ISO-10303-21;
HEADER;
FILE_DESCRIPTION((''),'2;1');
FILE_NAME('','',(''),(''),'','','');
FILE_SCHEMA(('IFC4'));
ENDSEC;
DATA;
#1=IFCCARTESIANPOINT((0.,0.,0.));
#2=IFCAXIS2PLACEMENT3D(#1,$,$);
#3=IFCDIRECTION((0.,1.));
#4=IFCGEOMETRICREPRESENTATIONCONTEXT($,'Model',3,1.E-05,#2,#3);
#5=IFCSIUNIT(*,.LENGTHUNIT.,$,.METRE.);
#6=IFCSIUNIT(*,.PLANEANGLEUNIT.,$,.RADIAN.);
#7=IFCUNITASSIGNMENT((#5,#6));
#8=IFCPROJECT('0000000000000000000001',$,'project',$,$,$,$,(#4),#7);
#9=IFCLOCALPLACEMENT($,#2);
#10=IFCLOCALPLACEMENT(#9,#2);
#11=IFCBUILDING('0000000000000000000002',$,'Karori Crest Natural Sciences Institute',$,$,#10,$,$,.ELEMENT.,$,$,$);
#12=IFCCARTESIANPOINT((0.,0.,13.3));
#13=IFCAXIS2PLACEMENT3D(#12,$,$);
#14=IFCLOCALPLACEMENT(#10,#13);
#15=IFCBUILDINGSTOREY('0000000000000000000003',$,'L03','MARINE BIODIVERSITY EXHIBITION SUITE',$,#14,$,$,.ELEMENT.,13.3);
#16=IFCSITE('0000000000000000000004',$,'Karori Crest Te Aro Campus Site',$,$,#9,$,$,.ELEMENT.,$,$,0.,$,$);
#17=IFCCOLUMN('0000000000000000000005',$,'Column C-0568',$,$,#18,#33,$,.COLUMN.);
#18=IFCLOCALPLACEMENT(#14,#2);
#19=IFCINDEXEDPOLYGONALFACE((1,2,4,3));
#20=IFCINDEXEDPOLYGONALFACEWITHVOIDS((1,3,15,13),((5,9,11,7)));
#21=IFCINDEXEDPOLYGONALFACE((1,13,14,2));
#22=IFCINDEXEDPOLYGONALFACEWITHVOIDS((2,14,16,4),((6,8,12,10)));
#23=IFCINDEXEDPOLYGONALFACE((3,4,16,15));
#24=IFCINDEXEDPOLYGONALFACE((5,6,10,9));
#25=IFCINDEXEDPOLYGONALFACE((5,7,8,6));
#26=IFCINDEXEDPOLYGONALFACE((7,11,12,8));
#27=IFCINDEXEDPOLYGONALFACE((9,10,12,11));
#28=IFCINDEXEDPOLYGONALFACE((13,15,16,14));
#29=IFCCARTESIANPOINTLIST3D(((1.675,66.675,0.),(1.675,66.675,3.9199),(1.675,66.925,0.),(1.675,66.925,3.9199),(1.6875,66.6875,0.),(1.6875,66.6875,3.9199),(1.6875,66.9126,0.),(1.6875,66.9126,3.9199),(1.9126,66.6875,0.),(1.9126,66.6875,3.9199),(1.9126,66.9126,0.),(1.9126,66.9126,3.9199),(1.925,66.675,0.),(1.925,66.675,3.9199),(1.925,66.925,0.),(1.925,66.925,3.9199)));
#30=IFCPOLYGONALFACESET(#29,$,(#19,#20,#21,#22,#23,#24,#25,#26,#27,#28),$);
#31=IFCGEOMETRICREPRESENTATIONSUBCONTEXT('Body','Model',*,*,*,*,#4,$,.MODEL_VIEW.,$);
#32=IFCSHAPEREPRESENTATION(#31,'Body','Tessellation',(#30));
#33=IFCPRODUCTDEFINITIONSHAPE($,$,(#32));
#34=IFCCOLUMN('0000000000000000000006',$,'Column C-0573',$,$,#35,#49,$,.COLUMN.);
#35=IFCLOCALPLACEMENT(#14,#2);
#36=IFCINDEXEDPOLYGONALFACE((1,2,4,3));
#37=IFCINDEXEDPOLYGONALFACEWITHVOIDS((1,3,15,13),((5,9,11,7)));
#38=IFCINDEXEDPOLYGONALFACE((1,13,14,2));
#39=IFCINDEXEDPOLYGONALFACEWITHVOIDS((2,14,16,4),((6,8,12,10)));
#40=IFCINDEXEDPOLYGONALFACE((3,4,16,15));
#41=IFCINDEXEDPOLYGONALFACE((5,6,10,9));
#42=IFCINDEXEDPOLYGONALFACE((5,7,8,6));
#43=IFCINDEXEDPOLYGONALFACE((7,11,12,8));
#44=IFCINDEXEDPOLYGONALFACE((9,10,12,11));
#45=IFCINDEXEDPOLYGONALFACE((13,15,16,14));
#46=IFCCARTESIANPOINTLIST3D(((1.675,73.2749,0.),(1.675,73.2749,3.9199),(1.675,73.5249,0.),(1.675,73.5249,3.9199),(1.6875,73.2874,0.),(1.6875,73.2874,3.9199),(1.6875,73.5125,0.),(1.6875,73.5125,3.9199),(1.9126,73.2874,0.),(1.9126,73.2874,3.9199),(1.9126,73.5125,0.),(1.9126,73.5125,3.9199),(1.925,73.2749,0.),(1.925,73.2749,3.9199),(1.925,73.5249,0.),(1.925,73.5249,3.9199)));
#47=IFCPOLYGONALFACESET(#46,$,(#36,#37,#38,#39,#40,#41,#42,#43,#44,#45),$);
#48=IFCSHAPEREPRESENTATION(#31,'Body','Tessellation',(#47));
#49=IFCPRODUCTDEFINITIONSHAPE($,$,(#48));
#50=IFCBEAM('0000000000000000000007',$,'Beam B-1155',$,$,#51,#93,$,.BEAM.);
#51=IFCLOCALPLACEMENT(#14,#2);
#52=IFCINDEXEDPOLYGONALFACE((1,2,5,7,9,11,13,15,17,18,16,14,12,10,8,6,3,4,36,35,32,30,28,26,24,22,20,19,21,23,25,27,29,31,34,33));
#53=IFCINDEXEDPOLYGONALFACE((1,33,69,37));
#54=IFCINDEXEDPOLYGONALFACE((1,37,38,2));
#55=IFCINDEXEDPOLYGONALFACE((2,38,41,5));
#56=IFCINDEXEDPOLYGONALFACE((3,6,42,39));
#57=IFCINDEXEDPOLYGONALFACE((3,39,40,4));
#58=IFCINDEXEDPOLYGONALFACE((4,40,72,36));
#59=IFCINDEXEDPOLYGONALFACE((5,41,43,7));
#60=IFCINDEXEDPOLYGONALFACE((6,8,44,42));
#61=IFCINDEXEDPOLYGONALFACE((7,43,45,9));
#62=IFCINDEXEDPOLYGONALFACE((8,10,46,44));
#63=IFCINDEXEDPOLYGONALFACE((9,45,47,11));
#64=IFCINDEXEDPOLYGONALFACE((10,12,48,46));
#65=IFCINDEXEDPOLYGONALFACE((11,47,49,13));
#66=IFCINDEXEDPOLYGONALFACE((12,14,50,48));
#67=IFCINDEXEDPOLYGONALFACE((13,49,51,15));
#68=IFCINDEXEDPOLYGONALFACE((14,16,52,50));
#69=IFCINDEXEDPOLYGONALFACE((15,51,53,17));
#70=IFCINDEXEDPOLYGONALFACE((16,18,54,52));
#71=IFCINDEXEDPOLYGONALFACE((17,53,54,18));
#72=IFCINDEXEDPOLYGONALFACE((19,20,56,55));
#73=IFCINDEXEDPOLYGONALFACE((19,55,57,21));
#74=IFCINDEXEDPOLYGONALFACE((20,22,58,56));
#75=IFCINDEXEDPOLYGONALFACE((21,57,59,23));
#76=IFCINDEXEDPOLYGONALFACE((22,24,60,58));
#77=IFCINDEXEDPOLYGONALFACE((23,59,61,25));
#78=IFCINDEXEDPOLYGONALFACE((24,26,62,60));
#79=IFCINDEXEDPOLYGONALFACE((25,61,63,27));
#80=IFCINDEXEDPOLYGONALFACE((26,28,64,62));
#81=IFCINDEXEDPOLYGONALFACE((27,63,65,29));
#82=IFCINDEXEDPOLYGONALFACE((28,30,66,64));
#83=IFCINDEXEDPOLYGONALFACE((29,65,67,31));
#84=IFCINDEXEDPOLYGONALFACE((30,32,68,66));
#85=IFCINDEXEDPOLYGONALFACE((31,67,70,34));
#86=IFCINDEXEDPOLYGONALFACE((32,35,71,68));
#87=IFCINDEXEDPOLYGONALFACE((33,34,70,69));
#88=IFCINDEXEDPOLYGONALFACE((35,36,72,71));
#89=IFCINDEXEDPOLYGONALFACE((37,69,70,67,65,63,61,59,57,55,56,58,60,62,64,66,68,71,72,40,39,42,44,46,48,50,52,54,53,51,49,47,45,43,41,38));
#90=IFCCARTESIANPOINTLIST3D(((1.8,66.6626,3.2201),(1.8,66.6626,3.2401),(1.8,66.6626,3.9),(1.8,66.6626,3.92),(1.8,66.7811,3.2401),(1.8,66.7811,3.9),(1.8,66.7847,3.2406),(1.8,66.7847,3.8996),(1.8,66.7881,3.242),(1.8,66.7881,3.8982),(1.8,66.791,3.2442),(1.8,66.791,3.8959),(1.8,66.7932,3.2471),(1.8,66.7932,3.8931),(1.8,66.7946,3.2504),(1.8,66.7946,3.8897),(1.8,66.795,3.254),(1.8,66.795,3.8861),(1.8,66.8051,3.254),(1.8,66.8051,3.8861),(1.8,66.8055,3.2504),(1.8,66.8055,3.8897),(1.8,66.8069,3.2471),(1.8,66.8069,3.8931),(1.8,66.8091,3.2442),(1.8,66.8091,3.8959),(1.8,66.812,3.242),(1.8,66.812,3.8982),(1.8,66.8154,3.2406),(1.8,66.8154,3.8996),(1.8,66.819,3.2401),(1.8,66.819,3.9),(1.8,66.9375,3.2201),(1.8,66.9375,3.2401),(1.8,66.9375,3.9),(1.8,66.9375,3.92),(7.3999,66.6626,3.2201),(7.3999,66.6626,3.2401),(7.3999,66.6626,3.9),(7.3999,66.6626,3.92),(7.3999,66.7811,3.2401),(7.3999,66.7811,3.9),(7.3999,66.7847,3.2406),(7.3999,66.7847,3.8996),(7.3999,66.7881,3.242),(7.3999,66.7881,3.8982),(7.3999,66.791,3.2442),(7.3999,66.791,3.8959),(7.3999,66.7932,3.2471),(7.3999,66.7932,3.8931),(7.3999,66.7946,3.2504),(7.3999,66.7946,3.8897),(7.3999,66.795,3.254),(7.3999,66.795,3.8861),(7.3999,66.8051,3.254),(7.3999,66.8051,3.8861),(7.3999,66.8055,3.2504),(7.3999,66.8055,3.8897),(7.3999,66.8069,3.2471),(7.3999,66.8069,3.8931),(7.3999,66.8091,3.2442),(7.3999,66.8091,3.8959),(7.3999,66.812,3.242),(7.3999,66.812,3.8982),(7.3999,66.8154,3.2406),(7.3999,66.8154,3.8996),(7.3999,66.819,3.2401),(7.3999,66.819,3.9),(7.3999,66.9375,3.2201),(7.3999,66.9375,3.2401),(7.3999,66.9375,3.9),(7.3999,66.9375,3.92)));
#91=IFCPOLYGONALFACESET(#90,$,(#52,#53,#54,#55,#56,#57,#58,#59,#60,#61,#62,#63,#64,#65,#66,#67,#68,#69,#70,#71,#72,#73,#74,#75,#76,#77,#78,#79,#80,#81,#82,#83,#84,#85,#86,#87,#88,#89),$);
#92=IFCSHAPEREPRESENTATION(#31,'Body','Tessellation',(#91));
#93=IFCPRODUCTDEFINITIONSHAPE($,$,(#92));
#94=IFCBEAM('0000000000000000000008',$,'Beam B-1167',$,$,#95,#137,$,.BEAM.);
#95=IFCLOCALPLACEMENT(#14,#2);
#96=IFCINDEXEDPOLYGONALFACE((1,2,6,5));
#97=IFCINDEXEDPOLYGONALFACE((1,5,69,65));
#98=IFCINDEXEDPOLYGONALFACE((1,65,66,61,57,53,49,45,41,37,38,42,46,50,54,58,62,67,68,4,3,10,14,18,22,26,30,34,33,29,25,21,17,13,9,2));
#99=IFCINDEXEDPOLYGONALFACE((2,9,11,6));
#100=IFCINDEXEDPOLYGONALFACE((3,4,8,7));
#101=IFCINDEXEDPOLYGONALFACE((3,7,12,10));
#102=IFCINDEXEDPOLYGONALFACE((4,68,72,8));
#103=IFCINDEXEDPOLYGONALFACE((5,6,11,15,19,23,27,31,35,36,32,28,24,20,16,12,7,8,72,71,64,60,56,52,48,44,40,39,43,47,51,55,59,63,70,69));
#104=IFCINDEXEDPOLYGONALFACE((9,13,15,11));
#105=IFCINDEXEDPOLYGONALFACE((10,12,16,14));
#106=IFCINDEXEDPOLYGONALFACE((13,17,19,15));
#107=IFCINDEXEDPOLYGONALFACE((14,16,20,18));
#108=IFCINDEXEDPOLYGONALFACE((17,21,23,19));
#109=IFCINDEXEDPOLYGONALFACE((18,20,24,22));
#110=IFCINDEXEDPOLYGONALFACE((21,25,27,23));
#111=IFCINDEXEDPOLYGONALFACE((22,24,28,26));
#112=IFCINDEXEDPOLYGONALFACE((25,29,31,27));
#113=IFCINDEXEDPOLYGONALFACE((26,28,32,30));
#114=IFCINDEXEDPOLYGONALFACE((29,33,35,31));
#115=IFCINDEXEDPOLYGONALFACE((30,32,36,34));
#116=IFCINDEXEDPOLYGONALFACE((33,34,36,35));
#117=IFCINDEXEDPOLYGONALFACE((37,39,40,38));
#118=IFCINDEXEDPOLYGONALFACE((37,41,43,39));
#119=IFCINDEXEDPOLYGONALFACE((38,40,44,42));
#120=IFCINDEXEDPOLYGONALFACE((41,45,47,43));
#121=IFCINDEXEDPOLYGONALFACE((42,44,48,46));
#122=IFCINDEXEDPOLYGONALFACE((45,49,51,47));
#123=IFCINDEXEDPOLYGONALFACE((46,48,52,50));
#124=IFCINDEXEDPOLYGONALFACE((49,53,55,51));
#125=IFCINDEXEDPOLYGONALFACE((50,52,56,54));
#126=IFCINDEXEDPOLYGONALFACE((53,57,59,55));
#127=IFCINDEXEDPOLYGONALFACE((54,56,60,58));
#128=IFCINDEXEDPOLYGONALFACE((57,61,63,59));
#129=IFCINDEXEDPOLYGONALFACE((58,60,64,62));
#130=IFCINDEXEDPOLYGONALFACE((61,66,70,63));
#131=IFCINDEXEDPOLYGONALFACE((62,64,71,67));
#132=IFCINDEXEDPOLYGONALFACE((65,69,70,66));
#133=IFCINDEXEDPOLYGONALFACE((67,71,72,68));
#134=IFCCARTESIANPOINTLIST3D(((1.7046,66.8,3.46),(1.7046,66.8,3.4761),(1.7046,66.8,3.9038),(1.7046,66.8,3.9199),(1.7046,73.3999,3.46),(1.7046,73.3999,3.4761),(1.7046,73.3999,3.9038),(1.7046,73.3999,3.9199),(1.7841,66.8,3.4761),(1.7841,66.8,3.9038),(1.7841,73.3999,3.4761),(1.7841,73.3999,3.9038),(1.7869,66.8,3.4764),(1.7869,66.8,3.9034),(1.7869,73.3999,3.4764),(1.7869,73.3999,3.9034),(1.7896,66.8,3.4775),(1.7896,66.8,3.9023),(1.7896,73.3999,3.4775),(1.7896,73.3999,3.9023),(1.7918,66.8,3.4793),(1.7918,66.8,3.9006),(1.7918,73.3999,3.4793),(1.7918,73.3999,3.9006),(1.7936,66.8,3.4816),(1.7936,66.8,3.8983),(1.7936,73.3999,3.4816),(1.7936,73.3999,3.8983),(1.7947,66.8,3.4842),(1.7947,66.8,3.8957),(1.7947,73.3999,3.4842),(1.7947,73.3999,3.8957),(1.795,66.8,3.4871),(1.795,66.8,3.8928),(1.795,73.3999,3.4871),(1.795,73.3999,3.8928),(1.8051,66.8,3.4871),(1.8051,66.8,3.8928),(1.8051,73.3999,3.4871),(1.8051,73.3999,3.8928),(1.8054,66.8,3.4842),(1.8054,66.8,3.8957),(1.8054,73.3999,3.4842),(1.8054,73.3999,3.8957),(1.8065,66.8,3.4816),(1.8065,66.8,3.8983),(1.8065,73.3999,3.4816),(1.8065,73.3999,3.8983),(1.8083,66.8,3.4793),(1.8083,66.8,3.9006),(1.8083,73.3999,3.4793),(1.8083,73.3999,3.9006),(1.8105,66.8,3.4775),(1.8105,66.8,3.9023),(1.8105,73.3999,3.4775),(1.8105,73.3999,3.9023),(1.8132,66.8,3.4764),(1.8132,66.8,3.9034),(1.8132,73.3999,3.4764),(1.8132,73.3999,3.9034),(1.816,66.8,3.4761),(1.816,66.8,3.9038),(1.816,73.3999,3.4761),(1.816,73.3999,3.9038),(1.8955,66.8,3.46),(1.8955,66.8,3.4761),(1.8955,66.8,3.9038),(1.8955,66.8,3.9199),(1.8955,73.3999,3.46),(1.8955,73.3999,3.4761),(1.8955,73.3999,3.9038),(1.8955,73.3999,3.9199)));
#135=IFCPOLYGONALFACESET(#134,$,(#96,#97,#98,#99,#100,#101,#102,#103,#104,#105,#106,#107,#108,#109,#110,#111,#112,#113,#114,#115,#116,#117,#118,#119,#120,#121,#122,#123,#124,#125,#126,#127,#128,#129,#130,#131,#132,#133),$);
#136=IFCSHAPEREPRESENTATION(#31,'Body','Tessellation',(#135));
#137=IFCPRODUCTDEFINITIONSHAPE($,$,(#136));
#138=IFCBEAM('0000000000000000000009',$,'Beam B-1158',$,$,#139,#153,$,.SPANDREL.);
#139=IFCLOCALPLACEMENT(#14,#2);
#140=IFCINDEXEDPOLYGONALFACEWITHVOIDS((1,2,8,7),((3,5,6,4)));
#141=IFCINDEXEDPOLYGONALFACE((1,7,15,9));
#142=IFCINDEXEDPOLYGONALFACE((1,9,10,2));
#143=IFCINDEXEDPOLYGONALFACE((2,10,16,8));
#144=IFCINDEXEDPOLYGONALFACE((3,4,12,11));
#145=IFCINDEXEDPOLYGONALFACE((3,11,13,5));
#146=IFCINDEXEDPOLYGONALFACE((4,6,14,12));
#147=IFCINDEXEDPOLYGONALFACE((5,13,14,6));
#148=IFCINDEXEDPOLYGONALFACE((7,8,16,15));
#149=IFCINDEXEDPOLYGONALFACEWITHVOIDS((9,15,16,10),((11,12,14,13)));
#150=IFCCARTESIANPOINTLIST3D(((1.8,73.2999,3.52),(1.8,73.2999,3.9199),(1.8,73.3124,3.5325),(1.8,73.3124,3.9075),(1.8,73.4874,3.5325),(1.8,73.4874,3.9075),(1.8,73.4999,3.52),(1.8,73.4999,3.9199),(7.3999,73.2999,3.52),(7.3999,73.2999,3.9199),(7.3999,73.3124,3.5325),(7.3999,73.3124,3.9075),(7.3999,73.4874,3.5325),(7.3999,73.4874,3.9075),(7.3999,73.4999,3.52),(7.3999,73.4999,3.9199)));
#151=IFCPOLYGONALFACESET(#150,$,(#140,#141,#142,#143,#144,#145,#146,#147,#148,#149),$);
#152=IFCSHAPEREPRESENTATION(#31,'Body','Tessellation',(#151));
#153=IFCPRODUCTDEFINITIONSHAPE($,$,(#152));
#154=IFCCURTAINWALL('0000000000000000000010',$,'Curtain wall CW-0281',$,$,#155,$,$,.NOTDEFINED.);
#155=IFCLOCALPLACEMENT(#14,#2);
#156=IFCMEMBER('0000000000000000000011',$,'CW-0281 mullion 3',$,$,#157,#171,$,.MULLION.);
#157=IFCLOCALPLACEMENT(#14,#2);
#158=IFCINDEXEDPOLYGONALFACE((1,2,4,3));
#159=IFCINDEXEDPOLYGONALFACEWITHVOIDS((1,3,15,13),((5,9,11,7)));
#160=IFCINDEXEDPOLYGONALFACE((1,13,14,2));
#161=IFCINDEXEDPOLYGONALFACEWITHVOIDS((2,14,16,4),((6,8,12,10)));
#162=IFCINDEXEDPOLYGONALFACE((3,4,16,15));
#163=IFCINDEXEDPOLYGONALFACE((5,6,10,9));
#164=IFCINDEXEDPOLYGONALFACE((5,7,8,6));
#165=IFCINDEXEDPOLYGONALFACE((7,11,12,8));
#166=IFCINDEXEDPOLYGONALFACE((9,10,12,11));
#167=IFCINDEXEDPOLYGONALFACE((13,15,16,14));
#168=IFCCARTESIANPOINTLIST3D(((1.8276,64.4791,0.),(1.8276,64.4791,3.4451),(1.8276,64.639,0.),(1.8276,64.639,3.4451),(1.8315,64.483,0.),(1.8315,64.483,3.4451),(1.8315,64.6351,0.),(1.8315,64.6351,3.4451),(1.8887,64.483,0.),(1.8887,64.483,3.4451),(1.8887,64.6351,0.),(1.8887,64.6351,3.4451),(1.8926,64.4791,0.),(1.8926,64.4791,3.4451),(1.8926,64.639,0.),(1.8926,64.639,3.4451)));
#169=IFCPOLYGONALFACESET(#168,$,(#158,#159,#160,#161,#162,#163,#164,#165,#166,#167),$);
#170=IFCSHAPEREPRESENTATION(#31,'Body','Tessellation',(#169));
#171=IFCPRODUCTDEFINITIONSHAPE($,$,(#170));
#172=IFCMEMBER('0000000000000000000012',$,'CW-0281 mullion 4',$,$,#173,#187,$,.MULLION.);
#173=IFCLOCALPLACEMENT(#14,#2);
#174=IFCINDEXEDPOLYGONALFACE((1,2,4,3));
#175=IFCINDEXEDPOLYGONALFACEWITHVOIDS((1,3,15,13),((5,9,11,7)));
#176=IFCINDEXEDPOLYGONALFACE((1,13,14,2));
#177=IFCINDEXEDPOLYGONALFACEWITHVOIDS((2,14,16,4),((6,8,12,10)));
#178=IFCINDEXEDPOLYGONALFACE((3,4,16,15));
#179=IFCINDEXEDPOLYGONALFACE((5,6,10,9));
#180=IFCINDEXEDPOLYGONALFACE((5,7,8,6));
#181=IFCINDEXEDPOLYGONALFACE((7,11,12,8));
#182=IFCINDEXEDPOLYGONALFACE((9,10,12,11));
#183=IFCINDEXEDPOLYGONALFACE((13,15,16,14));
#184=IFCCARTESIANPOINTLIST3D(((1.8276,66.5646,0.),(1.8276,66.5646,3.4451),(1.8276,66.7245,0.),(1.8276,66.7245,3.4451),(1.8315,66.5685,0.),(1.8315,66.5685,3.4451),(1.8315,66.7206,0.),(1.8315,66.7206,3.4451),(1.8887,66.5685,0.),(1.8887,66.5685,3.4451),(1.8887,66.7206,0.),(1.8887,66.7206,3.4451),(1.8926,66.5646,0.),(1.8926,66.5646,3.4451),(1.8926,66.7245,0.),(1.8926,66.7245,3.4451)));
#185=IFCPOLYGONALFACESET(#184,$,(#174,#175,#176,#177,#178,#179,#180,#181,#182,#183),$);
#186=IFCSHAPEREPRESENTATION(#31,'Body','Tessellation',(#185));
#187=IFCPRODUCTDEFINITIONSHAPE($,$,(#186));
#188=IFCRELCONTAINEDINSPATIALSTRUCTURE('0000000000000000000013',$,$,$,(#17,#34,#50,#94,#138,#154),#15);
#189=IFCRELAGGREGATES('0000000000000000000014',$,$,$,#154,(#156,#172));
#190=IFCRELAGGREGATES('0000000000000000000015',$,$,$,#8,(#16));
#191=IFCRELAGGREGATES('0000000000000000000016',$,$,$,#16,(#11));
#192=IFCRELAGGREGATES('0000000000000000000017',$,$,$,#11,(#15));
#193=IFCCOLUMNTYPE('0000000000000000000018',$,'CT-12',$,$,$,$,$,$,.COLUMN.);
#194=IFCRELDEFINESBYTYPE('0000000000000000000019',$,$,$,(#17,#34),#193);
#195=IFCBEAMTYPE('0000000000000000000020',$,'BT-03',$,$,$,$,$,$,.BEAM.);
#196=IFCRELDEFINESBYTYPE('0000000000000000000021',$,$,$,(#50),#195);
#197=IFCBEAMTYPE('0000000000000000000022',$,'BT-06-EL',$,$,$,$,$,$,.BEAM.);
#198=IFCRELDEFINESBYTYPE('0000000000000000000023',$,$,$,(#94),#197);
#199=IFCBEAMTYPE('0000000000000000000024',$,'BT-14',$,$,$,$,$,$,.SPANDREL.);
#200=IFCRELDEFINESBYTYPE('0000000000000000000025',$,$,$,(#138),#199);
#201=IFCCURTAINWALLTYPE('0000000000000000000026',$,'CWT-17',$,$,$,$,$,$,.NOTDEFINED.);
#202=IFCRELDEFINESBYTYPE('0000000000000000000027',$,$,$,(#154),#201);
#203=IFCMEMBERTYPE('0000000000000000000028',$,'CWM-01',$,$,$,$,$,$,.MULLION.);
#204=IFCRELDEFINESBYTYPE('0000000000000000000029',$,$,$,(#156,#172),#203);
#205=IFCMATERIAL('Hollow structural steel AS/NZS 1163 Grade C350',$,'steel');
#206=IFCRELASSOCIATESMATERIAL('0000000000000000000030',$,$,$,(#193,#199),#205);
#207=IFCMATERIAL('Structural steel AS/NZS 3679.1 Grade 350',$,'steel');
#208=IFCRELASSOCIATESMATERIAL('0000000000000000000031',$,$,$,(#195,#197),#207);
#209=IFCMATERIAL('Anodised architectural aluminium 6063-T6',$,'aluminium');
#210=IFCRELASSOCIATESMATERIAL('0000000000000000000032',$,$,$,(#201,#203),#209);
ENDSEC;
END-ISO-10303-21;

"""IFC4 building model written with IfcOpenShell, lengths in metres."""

from ifc_helpers import new_model, si_unit, direction, frame, origin, origin_2d, place, context, subcontext, project, spatial, hollow_rectangle, i_section, extrude, material, material_profile, profile_set, type_object, element, aggregate, save


model = new_model("IFC4")

# Units and contexts
model_context = context("Model", 3, precision=1e-05, world=origin(), true_north=direction((0.0, 1.0)))
body_context = subcontext(model_context, "Body", "Model", "MODEL_VIEW")
ifc_project = project(units=[si_unit("LENGTHUNIT", "METRE"), si_unit("PLANEANGLEUNIT", "RADIAN")], contexts=[model_context])

# Site, building, storey
site_placement = place(None, origin())
site = spatial("IfcSite", under=ifc_project, at=site_placement, Name="Karori Crest Te Aro Campus Site", CompositionType="ELEMENT", RefElevation=0.0)
building_placement = place(site_placement, origin())
building = spatial("IfcBuilding", under=site, at=building_placement, Name="Karori Crest Natural Sciences Institute", CompositionType="ELEMENT")
storey_placement = place(building_placement, frame((0.0, 0.0, 13.3)))
storey = spatial("IfcBuildingStorey", under=building, at=storey_placement, Name="L03", Description="MARINE BIODIVERSITY EXHIBITION SUITE", CompositionType="ELEMENT", Elevation=13.3)

# Columns
ifc_material_1 = material(Name="Hollow structural steel AS/NZS 1163 Grade C350", Category="steel")
ifc_material_profile_1 = material_profile(ifc_material_1, hollow_rectangle(XDim=0.25, YDim=0.25, WallThickness=0.0125, at=origin_2d()), Name="SHS250x250x12.5")
ifc_profile_set_1 = profile_set([ifc_material_profile_1], Name="Hollow structural steel AS/NZS 1163 Grade C350")
column_type = type_object("IfcColumnType", Name="CT-12", PredefinedType="COLUMN", material=ifc_profile_set_1)
for number, where, z_axis, x_axis, name in (
    (1, (1.8, 66.8, 0.0), (0.0, 0.0, 1.0), (1.0, 0.0, 0.0), "Column C-0568"),
    (2, (1.8, 73.3999, 0.0), (0.0, 0.0, 1.0), (1.0, 0.0, 0.0), "Column C-0573"),
):
    element("IfcColumn", number, at=place(storey_placement, frame(where, z_axis=z_axis, x_axis=x_axis)), inside=storey, type_object=column_type, Name=name, PredefinedType="COLUMN", context=body_context, shape_type="SweptSolid", body=[
        extrude(hollow_rectangle(XDim=0.25, YDim=0.25, WallThickness=0.0125, at=origin_2d()), origin(), (0.0, 0.0, 1.0), 3.9199),
    ])

# Beams
ifc_material_2 = material(Name="Structural steel AS/NZS 3679.1 Grade 350", Category="steel")
ifc_material_profile_2 = material_profile(ifc_material_2, i_section(OverallWidth=0.2749, OverallDepth=0.7, WebThickness=0.01, FlangeThickness=0.02, FilletRadius=0.0139, at=origin_2d()), Name="700WB150")
ifc_profile_set_2 = profile_set([ifc_material_profile_2], Name="Structural steel AS/NZS 3679.1 Grade 350")
beam_type_1 = type_object("IfcBeamType", Name="BT-03", PredefinedType="BEAM", material=ifc_profile_set_2)
beam_1_placement = place(storey_placement, frame((1.8, 66.8, 3.5701), z_axis=(1.0, 0.0, 0.0), x_axis=(0.0, 1.0, 0.0)))
element("IfcBeam", 3, at=beam_1_placement, inside=storey, type_object=beam_type_1, Name="Beam B-1155", PredefinedType="BEAM", context=body_context, shape_type="SweptSolid", body=[
    extrude(i_section(OverallWidth=0.2749, OverallDepth=0.7, WebThickness=0.01, FlangeThickness=0.02, FilletRadius=0.0139, at=origin_2d()), origin(), (0.0, 0.0, 1.0), 5.5999),
])
ifc_material_profile_3 = material_profile(ifc_material_2, i_section(OverallWidth=0.1909, OverallDepth=0.46, WebThickness=0.01, FlangeThickness=0.0161, FilletRadius=0.011, at=origin_2d()), Name="460UB82.1")
ifc_profile_set_3 = profile_set([ifc_material_profile_3], Name="Structural steel AS/NZS 3679.1 Grade 350")
beam_type_2 = type_object("IfcBeamType", Name="BT-06-EL", PredefinedType="BEAM", material=ifc_profile_set_3)
beam_2_placement = place(storey_placement, frame((1.8, 66.8, 3.6899), z_axis=(0.0, 1.0, 0.0), x_axis=(-1.0, 0.0, 0.0)))
element("IfcBeam", 4, at=beam_2_placement, inside=storey, type_object=beam_type_2, Name="Beam B-1167", PredefinedType="BEAM", context=body_context, shape_type="SweptSolid", body=[
    extrude(i_section(OverallWidth=0.1909, OverallDepth=0.46, WebThickness=0.01, FlangeThickness=0.0161, FilletRadius=0.011, at=origin_2d()), origin(), (0.0, 0.0, 1.0), 6.5999),
])
ifc_material_profile_4 = material_profile(ifc_material_1, hollow_rectangle(XDim=0.2, YDim=0.3999, WallThickness=0.0125, at=origin_2d()), Name="RHS400x200x12.5")
ifc_profile_set_4 = profile_set([ifc_material_profile_4], Name="Hollow structural steel AS/NZS 1163 Grade C350")
beam_type_3 = type_object("IfcBeamType", Name="BT-14", PredefinedType="SPANDREL", material=ifc_profile_set_4)
beam_3_placement = place(storey_placement, frame((1.8, 73.3999, 3.72), z_axis=(1.0, 0.0, 0.0), x_axis=(0.0, 1.0, 0.0)))
element("IfcBeam", 5, at=beam_3_placement, inside=storey, type_object=beam_type_3, Name="Beam B-1158", PredefinedType="SPANDREL", context=body_context, shape_type="SweptSolid", body=[
    extrude(hollow_rectangle(XDim=0.2, YDim=0.3999, WallThickness=0.0125, at=origin_2d()), origin(), (0.0, 0.0, 1.0), 5.5999),
])

# Curtain wall, members
ifc_material_3 = material(Name="Anodised architectural aluminium 6063-T6", Category="aluminium")
curtain_wall_type = type_object("IfcCurtainWallType", Name="CWT-17", PredefinedType="NOTDEFINED", material=ifc_material_3)
curtain_wall_1_placement = place(storey_placement, origin())
curtain_wall_1 = element("IfcCurtainWall", 6, at=curtain_wall_1_placement, inside=storey, type_object=curtain_wall_type, Name="Curtain wall CW-0281", PredefinedType="NOTDEFINED")
ifc_material_profile_5 = material_profile(ifc_material_3, hollow_rectangle(XDim=0.0649, YDim=0.1599, WallThickness=0.0039, at=origin_2d()), Name="CWM160x65x4")
ifc_profile_set_5 = profile_set([ifc_material_profile_5], Name="Anodised architectural aluminium 6063-T6")
member_type_1 = type_object("IfcMemberType", Name="CWM-01", PredefinedType="MULLION", material=ifc_profile_set_5)
member_1_placement = place(storey_placement, frame((1.8601, 64.5591, 0.0), z_axis=(0.0, 0.0, 1.0), x_axis=(-1.0, 0.0, 0.0)))
member_1 = element("IfcMember", 7, at=member_1_placement, type_object=member_type_1, Name="CW-0281 mullion 3", PredefinedType="MULLION", context=body_context, shape_type="SweptSolid", body=[
    extrude(hollow_rectangle(XDim=0.0649, YDim=0.1599, WallThickness=0.0039, at=origin_2d()), origin(), (0.0, 0.0, 1.0), 3.4451),
])
member_2_placement = place(storey_placement, frame((1.8601, 66.6445, 0.0), z_axis=(0.0, 0.0, 1.0), x_axis=(-1.0, 0.0, 0.0)))
member_2 = element("IfcMember", 8, at=member_2_placement, type_object=member_type_1, Name="CW-0281 mullion 4", PredefinedType="MULLION", context=body_context, shape_type="SweptSolid", body=[
    extrude(hollow_rectangle(XDim=0.0649, YDim=0.1599, WallThickness=0.0039, at=origin_2d()), origin(), (0.0, 0.0, 1.0), 3.4451),
])

aggregate(curtain_wall_1, [member_1, member_2])

save(model, "model.ifc")
